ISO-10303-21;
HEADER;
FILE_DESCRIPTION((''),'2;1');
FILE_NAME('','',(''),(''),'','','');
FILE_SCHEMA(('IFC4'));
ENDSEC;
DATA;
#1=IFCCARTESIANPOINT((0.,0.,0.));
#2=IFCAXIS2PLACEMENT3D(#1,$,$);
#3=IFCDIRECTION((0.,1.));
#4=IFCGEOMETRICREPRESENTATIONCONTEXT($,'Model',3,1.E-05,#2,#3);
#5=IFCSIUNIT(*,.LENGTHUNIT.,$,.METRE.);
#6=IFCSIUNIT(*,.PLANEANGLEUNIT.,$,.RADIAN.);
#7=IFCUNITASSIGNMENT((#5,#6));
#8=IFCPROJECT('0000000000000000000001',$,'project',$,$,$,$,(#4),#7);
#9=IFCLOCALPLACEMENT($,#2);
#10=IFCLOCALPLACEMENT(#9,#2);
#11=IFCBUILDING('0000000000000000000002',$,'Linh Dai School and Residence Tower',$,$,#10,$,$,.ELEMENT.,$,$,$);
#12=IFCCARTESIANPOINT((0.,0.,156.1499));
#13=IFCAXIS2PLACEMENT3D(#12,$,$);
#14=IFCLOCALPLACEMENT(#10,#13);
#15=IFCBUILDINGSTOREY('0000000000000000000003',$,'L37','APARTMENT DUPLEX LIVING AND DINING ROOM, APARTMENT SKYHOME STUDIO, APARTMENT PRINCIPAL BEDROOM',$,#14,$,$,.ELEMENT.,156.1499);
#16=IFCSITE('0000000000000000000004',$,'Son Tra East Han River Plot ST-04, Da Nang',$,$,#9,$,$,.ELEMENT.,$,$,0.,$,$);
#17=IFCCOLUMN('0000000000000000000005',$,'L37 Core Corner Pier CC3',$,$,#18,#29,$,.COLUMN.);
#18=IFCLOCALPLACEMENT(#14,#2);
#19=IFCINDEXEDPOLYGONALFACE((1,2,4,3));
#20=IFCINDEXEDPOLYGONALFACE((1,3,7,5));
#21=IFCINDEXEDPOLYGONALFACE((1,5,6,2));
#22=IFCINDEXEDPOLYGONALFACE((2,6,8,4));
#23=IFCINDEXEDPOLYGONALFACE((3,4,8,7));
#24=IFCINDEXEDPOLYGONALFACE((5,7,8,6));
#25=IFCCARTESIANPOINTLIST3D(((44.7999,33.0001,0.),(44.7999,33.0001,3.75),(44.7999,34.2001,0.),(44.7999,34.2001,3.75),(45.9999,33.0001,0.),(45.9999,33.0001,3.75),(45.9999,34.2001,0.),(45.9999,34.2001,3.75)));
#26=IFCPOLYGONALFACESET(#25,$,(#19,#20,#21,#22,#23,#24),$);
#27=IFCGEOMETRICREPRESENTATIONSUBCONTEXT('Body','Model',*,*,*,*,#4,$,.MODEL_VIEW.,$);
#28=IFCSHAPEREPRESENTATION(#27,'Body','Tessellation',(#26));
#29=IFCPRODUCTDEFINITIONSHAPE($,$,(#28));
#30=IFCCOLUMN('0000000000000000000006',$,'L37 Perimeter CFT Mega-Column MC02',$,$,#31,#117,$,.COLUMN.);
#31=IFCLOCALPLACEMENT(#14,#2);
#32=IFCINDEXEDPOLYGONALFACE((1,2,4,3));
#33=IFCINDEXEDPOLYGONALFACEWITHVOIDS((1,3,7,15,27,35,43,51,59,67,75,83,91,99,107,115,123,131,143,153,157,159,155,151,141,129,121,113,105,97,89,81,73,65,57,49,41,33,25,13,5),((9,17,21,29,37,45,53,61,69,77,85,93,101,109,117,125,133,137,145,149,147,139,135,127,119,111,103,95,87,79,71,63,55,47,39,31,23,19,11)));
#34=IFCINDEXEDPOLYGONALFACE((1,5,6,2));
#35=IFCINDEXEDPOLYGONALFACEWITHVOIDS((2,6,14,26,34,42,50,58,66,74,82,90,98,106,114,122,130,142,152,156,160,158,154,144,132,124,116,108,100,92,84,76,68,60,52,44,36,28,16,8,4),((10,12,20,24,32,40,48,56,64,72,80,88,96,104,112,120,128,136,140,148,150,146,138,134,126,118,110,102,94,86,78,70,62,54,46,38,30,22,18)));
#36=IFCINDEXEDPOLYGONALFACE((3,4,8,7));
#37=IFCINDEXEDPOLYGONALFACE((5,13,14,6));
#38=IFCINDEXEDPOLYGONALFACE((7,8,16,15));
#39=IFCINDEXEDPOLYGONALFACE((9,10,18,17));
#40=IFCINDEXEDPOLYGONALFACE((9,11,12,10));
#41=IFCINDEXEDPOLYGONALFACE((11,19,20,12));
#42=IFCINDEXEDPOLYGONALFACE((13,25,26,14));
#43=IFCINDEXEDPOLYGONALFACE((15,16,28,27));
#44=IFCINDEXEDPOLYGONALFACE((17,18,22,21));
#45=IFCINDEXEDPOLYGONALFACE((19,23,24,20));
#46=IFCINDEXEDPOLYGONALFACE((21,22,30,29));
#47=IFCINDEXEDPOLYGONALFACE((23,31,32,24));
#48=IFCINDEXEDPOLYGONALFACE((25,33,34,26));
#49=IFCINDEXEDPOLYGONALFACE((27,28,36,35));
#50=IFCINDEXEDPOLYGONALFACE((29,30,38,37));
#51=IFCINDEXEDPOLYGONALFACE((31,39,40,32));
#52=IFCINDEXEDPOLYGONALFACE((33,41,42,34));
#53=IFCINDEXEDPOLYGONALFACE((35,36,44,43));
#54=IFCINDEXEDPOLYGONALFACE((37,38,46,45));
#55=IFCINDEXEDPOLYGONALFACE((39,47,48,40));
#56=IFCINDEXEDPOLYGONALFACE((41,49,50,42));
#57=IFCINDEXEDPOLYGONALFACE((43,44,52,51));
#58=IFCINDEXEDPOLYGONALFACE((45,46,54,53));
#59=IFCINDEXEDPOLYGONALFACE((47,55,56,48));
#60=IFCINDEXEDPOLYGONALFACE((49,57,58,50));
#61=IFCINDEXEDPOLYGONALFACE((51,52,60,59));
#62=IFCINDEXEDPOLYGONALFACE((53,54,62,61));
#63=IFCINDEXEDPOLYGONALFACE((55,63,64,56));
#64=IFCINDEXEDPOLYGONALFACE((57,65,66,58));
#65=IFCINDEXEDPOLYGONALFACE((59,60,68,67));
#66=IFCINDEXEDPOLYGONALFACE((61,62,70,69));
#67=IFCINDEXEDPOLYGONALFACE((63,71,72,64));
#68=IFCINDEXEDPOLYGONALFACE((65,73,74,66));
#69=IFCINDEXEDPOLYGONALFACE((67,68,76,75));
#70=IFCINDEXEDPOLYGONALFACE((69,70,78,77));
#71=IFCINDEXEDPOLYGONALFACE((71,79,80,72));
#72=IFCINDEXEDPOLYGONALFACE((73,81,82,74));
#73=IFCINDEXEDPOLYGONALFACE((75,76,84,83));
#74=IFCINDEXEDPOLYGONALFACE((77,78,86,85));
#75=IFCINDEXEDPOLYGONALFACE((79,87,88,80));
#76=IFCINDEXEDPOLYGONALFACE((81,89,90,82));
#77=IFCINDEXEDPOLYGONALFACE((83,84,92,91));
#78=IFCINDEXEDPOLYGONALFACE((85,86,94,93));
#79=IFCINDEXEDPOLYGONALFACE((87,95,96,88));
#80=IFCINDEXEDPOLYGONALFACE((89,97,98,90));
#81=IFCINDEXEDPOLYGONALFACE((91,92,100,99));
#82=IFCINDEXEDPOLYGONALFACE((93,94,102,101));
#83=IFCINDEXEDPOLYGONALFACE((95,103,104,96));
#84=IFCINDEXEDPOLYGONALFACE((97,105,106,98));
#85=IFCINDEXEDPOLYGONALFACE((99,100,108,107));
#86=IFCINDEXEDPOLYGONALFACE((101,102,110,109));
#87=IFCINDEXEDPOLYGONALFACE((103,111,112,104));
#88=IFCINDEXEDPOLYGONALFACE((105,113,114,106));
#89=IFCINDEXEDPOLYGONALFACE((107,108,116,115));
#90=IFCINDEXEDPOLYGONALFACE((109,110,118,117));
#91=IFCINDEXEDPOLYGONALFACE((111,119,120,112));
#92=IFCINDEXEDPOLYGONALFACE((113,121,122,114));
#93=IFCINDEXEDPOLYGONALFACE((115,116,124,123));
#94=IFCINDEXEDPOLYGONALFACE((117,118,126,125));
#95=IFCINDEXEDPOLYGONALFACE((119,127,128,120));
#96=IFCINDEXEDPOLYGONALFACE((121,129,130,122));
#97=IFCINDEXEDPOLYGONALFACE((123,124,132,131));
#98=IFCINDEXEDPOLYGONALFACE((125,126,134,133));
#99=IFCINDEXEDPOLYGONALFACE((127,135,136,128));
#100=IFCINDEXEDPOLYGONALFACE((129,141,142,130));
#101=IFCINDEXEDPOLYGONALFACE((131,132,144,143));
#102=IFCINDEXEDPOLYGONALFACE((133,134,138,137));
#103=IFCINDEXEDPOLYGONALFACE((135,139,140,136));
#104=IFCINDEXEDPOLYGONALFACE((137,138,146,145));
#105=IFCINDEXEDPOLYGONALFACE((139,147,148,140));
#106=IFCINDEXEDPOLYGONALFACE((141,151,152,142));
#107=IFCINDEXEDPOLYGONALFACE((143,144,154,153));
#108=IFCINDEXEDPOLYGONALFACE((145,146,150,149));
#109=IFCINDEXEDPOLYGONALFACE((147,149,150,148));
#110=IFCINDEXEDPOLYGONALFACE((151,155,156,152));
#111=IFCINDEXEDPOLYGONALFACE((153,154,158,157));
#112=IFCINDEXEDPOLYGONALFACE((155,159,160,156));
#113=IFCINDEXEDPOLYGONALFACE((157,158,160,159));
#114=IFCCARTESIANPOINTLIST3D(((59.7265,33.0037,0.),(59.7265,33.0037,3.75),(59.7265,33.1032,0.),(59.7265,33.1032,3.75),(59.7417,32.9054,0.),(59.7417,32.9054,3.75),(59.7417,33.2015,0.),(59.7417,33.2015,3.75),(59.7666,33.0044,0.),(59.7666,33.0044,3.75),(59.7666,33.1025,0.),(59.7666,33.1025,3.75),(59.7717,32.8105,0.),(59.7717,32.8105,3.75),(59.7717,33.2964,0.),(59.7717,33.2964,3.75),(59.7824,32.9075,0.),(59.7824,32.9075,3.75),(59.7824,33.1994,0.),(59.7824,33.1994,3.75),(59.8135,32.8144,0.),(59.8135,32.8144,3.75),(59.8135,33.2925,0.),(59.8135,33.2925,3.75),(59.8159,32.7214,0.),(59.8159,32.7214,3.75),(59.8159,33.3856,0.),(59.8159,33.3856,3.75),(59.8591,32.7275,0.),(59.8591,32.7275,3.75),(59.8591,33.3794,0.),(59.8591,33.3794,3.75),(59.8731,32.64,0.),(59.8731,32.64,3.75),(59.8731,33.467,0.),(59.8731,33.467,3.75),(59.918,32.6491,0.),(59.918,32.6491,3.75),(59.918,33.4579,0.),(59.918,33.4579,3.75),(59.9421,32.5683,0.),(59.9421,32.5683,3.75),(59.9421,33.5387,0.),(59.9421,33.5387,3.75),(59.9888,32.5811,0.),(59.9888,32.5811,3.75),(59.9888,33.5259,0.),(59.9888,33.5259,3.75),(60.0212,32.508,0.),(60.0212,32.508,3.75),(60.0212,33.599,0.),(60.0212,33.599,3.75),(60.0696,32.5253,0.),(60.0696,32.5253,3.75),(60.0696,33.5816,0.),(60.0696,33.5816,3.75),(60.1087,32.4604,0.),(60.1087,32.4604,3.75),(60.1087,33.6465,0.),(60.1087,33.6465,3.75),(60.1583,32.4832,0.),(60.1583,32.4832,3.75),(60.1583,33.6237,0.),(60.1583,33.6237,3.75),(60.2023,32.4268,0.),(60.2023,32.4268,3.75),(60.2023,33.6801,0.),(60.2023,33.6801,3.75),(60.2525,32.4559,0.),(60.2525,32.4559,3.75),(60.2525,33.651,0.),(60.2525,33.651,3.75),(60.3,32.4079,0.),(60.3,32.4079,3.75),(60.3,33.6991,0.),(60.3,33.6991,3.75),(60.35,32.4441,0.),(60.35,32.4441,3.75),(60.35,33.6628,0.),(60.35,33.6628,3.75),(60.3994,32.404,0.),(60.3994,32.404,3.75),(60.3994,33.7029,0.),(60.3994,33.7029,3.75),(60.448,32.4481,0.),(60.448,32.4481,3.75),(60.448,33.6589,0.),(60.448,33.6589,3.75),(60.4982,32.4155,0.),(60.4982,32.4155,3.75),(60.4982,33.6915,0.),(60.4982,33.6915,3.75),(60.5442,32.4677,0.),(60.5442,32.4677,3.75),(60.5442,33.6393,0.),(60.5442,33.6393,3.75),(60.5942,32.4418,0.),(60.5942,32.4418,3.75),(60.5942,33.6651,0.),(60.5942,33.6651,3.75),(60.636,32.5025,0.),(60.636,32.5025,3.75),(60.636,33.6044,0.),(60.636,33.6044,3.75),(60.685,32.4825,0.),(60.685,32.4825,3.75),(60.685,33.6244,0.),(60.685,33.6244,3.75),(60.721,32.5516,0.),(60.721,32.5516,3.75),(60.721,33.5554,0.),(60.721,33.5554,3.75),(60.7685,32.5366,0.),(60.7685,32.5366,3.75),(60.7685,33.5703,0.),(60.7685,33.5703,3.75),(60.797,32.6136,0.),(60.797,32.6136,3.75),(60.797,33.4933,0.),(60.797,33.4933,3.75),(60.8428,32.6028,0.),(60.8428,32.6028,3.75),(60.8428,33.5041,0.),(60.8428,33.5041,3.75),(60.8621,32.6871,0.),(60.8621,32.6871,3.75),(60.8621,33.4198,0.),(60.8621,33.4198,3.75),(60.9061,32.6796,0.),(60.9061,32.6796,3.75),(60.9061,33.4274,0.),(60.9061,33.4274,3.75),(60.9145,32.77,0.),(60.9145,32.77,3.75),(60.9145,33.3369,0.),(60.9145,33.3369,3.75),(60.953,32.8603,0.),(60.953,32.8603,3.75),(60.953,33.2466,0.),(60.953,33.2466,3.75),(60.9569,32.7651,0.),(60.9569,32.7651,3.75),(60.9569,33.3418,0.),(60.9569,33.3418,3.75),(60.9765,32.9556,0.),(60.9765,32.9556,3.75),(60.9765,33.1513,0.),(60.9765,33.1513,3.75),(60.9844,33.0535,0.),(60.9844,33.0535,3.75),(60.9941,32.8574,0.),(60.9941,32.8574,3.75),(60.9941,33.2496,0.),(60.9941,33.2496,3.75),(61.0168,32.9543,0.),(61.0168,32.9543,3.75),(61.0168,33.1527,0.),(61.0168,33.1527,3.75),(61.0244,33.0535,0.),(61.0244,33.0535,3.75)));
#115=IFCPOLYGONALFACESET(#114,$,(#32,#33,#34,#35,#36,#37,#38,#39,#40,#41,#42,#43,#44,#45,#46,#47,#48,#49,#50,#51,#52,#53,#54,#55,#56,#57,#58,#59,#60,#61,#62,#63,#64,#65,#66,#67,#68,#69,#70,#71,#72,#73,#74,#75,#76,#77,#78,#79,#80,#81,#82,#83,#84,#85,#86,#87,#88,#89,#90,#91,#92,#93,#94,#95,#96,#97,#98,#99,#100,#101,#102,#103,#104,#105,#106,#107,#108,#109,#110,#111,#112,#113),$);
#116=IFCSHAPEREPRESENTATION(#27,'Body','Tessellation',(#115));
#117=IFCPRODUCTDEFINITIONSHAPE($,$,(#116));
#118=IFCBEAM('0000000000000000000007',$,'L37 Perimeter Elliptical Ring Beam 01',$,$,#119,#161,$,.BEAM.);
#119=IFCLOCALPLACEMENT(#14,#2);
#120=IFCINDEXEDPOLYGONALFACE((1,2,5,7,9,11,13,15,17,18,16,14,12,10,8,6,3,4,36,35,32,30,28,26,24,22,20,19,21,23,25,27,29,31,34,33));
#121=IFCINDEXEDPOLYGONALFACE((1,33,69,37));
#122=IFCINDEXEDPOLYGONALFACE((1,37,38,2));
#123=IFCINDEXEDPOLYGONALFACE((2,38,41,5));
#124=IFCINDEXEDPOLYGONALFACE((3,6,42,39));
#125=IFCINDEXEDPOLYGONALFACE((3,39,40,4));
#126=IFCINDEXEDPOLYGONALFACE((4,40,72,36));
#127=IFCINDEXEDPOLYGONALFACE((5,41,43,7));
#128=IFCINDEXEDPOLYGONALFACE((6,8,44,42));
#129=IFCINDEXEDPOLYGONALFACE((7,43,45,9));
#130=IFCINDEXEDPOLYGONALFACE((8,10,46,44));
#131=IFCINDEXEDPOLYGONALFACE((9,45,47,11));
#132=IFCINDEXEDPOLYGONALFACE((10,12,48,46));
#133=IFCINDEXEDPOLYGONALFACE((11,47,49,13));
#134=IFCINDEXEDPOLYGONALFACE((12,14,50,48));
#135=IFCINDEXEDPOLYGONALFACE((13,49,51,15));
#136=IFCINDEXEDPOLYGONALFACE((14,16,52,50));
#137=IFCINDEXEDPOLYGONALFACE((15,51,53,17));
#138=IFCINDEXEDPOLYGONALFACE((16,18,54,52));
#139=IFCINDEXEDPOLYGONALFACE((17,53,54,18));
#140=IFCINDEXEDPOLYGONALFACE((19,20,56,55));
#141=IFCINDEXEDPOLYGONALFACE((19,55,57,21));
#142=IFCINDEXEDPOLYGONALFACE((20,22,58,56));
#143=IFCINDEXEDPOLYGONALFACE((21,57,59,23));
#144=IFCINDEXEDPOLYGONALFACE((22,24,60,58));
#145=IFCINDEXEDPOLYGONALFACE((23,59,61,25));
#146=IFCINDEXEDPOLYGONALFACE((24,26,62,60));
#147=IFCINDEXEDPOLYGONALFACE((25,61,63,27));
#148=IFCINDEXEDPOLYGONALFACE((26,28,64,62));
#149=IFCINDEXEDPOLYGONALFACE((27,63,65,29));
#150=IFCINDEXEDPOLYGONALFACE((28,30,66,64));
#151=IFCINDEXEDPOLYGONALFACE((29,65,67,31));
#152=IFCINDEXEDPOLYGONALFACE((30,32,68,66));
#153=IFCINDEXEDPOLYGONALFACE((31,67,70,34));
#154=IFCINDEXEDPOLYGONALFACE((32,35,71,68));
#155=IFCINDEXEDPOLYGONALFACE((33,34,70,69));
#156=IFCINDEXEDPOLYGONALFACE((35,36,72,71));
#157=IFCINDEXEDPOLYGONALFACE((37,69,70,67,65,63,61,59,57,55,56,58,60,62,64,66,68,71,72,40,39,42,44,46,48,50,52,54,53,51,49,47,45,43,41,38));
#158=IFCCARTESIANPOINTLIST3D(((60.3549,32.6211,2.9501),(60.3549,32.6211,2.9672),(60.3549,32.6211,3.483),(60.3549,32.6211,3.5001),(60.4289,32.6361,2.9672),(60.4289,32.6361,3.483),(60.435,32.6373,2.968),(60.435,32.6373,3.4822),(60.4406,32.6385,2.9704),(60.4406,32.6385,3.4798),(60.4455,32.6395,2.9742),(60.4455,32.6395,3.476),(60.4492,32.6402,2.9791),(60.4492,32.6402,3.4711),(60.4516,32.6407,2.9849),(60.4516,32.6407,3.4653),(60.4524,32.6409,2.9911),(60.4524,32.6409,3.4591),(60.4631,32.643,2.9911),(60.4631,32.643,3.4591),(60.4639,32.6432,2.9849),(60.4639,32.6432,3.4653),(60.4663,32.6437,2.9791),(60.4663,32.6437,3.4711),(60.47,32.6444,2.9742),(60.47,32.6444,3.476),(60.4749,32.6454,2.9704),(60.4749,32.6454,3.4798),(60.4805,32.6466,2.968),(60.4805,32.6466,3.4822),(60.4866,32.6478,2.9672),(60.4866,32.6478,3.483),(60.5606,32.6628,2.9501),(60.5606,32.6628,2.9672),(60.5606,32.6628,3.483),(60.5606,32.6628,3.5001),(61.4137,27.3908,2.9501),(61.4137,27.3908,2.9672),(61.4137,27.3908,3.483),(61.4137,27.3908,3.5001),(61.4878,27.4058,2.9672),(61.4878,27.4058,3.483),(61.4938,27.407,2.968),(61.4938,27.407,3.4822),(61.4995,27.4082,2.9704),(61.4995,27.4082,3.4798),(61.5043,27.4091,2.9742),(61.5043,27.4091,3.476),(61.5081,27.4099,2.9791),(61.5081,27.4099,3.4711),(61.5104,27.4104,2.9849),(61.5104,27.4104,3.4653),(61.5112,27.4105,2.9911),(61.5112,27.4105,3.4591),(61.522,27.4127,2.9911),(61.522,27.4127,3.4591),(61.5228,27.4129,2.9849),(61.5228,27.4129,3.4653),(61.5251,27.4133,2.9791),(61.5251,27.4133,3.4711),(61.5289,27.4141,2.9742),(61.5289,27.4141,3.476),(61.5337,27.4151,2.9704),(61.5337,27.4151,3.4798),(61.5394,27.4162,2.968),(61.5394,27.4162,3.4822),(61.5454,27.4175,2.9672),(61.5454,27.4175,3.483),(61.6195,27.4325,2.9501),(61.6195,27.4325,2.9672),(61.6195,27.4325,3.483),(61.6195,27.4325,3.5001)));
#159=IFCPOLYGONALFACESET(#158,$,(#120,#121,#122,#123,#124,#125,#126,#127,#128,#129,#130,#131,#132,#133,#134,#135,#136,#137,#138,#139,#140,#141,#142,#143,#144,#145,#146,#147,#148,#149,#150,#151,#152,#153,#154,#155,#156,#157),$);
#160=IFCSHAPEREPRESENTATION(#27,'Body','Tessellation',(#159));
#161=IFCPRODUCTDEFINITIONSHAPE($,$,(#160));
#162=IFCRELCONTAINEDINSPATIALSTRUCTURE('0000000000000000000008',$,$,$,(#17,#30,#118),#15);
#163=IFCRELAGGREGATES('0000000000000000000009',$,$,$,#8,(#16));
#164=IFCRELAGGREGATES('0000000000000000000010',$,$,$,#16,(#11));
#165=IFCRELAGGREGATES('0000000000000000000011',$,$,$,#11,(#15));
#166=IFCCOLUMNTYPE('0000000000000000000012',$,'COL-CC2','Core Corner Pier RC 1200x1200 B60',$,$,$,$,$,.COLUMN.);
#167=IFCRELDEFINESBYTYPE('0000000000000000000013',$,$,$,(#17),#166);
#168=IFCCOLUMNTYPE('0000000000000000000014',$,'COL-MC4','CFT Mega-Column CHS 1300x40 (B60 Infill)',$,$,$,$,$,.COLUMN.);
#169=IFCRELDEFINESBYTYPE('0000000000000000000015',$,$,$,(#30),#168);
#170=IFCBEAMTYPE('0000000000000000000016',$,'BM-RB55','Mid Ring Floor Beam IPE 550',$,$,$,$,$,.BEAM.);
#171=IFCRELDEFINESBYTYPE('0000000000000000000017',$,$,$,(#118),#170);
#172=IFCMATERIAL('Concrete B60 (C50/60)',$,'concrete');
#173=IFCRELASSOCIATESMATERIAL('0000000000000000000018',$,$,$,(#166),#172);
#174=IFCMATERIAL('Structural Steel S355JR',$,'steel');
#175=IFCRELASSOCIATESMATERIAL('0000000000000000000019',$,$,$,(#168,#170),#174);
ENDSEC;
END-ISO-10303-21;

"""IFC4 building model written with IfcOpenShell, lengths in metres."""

from ifc_helpers import new_model, si_unit, direction, frame, origin, origin_2d, place, context, subcontext, project, spatial, rectangle, hollow_circle, i_section, extrude, material, material_profile, profile_set, type_object, element, save


model = new_model("IFC4")

# Units and contexts
model_context = context("Model", 3, precision=1e-05, world=origin(), true_north=direction((0.0, 1.0)))
body_context = subcontext(model_context, "Body", "Model", "MODEL_VIEW")
ifc_project = project(units=[si_unit("LENGTHUNIT", "METRE"), si_unit("PLANEANGLEUNIT", "RADIAN")], contexts=[model_context])

# Site, building, storey
site_placement = place(None, origin())
site = spatial("IfcSite", under=ifc_project, at=site_placement, Name="Son Tra East Han River Plot ST-04, Da Nang", CompositionType="ELEMENT", RefElevation=0.0)
building_placement = place(site_placement, origin())
building = spatial("IfcBuilding", under=site, at=building_placement, Name="Linh Dai School and Residence Tower", CompositionType="ELEMENT")
storey_placement = place(building_placement, frame((0.0, 0.0, 156.1499)))
storey = spatial("IfcBuildingStorey", under=building, at=storey_placement, Name="L37", Description="APARTMENT DUPLEX LIVING AND DINING ROOM, APARTMENT SKYHOME STUDIO, APARTMENT PRINCIPAL BEDROOM", CompositionType="ELEMENT", Elevation=156.1499)

# Columns
ifc_material_1 = material(Name="Concrete B60 (C50/60)", Category="concrete")
ifc_material_profile_1 = material_profile(ifc_material_1, rectangle(XDim=1.2, YDim=1.2, at=origin_2d()), Name="RC 1200x1200")
ifc_profile_set_1 = profile_set([ifc_material_profile_1], Name="Concrete B60 (C50/60)")
column_type_1 = type_object("IfcColumnType", Name="COL-CC2", Description="Core Corner Pier RC 1200x1200 B60", PredefinedType="COLUMN", material=ifc_profile_set_1)
column_1_placement = place(storey_placement, frame((45.3999, 33.6001, 0.0), z_axis=(0.0, 0.0, 1.0), x_axis=(1.0, 0.0, 0.0)))
element("IfcColumn", 1, at=column_1_placement, inside=storey, type_object=column_type_1, Name="L37 Core Corner Pier CC3", PredefinedType="COLUMN", context=body_context, shape_type="SweptSolid", body=[
    extrude(rectangle(XDim=1.2, YDim=1.2, at=origin_2d()), origin(), (0.0, 0.0, 1.0), 3.75),
])
ifc_material_2 = material(Name="Structural Steel S355JR", Category="steel")
ifc_material_profile_2 = material_profile(ifc_material_2, hollow_circle(Radius=0.6499, WallThickness=0.04, at=origin_2d()), Name="CHS 1300x40")
ifc_profile_set_2 = profile_set([ifc_material_profile_2], Name="Structural Steel S355JR")
column_type_2 = type_object("IfcColumnType", Name="COL-MC4", Description="CFT Mega-Column CHS 1300x40 (B60 Infill)", PredefinedType="COLUMN", material=ifc_profile_set_2)
column_2_placement = place(storey_placement, frame((60.3745, 33.0535, 0.0), z_axis=(0.0, 0.0, 1.0), x_axis=(1.0, 0.0, 0.0)))
element("IfcColumn", 2, at=column_2_placement, inside=storey, type_object=column_type_2, Name="L37 Perimeter CFT Mega-Column MC02", PredefinedType="COLUMN", context=body_context, shape_type="SweptSolid", body=[
    extrude(hollow_circle(Radius=0.6499, WallThickness=0.04, at=origin_2d()), origin(), (0.0, 0.0, 1.0), 3.75),
])

# Beam
ifc_material_profile_3 = material_profile(ifc_material_2, i_section(OverallWidth=0.21, OverallDepth=0.55, WebThickness=0.011, FlangeThickness=0.0171, FilletRadius=0.0239, at=origin_2d()), Name="IPE 550")
ifc_profile_set_3 = profile_set([ifc_material_profile_3], Name="Structural Steel S355JR")
beam_type = type_object("IfcBeamType", Name="BM-RB55", Description="Mid Ring Floor Beam IPE 550", PredefinedType="BEAM", material=ifc_profile_set_3)
beam_1_placement = place(storey_placement, frame((61.5166, 27.4116, 3.2251), z_axis=(-0.198421, 0.980117, 0.0), x_axis=(-0.980117, -0.198421, 0.0)))
element("IfcBeam", 3, at=beam_1_placement, inside=storey, type_object=beam_type, Name="L37 Perimeter Elliptical Ring Beam 01", PredefinedType="BEAM", context=body_context, shape_type="SweptSolid", body=[
    extrude(i_section(OverallWidth=0.21, OverallDepth=0.55, WebThickness=0.011, FlangeThickness=0.0171, FilletRadius=0.0239, at=origin_2d()), origin(), (0.0, 0.0, 1.0), 5.3364),
])

save(model, "model.ifc")
